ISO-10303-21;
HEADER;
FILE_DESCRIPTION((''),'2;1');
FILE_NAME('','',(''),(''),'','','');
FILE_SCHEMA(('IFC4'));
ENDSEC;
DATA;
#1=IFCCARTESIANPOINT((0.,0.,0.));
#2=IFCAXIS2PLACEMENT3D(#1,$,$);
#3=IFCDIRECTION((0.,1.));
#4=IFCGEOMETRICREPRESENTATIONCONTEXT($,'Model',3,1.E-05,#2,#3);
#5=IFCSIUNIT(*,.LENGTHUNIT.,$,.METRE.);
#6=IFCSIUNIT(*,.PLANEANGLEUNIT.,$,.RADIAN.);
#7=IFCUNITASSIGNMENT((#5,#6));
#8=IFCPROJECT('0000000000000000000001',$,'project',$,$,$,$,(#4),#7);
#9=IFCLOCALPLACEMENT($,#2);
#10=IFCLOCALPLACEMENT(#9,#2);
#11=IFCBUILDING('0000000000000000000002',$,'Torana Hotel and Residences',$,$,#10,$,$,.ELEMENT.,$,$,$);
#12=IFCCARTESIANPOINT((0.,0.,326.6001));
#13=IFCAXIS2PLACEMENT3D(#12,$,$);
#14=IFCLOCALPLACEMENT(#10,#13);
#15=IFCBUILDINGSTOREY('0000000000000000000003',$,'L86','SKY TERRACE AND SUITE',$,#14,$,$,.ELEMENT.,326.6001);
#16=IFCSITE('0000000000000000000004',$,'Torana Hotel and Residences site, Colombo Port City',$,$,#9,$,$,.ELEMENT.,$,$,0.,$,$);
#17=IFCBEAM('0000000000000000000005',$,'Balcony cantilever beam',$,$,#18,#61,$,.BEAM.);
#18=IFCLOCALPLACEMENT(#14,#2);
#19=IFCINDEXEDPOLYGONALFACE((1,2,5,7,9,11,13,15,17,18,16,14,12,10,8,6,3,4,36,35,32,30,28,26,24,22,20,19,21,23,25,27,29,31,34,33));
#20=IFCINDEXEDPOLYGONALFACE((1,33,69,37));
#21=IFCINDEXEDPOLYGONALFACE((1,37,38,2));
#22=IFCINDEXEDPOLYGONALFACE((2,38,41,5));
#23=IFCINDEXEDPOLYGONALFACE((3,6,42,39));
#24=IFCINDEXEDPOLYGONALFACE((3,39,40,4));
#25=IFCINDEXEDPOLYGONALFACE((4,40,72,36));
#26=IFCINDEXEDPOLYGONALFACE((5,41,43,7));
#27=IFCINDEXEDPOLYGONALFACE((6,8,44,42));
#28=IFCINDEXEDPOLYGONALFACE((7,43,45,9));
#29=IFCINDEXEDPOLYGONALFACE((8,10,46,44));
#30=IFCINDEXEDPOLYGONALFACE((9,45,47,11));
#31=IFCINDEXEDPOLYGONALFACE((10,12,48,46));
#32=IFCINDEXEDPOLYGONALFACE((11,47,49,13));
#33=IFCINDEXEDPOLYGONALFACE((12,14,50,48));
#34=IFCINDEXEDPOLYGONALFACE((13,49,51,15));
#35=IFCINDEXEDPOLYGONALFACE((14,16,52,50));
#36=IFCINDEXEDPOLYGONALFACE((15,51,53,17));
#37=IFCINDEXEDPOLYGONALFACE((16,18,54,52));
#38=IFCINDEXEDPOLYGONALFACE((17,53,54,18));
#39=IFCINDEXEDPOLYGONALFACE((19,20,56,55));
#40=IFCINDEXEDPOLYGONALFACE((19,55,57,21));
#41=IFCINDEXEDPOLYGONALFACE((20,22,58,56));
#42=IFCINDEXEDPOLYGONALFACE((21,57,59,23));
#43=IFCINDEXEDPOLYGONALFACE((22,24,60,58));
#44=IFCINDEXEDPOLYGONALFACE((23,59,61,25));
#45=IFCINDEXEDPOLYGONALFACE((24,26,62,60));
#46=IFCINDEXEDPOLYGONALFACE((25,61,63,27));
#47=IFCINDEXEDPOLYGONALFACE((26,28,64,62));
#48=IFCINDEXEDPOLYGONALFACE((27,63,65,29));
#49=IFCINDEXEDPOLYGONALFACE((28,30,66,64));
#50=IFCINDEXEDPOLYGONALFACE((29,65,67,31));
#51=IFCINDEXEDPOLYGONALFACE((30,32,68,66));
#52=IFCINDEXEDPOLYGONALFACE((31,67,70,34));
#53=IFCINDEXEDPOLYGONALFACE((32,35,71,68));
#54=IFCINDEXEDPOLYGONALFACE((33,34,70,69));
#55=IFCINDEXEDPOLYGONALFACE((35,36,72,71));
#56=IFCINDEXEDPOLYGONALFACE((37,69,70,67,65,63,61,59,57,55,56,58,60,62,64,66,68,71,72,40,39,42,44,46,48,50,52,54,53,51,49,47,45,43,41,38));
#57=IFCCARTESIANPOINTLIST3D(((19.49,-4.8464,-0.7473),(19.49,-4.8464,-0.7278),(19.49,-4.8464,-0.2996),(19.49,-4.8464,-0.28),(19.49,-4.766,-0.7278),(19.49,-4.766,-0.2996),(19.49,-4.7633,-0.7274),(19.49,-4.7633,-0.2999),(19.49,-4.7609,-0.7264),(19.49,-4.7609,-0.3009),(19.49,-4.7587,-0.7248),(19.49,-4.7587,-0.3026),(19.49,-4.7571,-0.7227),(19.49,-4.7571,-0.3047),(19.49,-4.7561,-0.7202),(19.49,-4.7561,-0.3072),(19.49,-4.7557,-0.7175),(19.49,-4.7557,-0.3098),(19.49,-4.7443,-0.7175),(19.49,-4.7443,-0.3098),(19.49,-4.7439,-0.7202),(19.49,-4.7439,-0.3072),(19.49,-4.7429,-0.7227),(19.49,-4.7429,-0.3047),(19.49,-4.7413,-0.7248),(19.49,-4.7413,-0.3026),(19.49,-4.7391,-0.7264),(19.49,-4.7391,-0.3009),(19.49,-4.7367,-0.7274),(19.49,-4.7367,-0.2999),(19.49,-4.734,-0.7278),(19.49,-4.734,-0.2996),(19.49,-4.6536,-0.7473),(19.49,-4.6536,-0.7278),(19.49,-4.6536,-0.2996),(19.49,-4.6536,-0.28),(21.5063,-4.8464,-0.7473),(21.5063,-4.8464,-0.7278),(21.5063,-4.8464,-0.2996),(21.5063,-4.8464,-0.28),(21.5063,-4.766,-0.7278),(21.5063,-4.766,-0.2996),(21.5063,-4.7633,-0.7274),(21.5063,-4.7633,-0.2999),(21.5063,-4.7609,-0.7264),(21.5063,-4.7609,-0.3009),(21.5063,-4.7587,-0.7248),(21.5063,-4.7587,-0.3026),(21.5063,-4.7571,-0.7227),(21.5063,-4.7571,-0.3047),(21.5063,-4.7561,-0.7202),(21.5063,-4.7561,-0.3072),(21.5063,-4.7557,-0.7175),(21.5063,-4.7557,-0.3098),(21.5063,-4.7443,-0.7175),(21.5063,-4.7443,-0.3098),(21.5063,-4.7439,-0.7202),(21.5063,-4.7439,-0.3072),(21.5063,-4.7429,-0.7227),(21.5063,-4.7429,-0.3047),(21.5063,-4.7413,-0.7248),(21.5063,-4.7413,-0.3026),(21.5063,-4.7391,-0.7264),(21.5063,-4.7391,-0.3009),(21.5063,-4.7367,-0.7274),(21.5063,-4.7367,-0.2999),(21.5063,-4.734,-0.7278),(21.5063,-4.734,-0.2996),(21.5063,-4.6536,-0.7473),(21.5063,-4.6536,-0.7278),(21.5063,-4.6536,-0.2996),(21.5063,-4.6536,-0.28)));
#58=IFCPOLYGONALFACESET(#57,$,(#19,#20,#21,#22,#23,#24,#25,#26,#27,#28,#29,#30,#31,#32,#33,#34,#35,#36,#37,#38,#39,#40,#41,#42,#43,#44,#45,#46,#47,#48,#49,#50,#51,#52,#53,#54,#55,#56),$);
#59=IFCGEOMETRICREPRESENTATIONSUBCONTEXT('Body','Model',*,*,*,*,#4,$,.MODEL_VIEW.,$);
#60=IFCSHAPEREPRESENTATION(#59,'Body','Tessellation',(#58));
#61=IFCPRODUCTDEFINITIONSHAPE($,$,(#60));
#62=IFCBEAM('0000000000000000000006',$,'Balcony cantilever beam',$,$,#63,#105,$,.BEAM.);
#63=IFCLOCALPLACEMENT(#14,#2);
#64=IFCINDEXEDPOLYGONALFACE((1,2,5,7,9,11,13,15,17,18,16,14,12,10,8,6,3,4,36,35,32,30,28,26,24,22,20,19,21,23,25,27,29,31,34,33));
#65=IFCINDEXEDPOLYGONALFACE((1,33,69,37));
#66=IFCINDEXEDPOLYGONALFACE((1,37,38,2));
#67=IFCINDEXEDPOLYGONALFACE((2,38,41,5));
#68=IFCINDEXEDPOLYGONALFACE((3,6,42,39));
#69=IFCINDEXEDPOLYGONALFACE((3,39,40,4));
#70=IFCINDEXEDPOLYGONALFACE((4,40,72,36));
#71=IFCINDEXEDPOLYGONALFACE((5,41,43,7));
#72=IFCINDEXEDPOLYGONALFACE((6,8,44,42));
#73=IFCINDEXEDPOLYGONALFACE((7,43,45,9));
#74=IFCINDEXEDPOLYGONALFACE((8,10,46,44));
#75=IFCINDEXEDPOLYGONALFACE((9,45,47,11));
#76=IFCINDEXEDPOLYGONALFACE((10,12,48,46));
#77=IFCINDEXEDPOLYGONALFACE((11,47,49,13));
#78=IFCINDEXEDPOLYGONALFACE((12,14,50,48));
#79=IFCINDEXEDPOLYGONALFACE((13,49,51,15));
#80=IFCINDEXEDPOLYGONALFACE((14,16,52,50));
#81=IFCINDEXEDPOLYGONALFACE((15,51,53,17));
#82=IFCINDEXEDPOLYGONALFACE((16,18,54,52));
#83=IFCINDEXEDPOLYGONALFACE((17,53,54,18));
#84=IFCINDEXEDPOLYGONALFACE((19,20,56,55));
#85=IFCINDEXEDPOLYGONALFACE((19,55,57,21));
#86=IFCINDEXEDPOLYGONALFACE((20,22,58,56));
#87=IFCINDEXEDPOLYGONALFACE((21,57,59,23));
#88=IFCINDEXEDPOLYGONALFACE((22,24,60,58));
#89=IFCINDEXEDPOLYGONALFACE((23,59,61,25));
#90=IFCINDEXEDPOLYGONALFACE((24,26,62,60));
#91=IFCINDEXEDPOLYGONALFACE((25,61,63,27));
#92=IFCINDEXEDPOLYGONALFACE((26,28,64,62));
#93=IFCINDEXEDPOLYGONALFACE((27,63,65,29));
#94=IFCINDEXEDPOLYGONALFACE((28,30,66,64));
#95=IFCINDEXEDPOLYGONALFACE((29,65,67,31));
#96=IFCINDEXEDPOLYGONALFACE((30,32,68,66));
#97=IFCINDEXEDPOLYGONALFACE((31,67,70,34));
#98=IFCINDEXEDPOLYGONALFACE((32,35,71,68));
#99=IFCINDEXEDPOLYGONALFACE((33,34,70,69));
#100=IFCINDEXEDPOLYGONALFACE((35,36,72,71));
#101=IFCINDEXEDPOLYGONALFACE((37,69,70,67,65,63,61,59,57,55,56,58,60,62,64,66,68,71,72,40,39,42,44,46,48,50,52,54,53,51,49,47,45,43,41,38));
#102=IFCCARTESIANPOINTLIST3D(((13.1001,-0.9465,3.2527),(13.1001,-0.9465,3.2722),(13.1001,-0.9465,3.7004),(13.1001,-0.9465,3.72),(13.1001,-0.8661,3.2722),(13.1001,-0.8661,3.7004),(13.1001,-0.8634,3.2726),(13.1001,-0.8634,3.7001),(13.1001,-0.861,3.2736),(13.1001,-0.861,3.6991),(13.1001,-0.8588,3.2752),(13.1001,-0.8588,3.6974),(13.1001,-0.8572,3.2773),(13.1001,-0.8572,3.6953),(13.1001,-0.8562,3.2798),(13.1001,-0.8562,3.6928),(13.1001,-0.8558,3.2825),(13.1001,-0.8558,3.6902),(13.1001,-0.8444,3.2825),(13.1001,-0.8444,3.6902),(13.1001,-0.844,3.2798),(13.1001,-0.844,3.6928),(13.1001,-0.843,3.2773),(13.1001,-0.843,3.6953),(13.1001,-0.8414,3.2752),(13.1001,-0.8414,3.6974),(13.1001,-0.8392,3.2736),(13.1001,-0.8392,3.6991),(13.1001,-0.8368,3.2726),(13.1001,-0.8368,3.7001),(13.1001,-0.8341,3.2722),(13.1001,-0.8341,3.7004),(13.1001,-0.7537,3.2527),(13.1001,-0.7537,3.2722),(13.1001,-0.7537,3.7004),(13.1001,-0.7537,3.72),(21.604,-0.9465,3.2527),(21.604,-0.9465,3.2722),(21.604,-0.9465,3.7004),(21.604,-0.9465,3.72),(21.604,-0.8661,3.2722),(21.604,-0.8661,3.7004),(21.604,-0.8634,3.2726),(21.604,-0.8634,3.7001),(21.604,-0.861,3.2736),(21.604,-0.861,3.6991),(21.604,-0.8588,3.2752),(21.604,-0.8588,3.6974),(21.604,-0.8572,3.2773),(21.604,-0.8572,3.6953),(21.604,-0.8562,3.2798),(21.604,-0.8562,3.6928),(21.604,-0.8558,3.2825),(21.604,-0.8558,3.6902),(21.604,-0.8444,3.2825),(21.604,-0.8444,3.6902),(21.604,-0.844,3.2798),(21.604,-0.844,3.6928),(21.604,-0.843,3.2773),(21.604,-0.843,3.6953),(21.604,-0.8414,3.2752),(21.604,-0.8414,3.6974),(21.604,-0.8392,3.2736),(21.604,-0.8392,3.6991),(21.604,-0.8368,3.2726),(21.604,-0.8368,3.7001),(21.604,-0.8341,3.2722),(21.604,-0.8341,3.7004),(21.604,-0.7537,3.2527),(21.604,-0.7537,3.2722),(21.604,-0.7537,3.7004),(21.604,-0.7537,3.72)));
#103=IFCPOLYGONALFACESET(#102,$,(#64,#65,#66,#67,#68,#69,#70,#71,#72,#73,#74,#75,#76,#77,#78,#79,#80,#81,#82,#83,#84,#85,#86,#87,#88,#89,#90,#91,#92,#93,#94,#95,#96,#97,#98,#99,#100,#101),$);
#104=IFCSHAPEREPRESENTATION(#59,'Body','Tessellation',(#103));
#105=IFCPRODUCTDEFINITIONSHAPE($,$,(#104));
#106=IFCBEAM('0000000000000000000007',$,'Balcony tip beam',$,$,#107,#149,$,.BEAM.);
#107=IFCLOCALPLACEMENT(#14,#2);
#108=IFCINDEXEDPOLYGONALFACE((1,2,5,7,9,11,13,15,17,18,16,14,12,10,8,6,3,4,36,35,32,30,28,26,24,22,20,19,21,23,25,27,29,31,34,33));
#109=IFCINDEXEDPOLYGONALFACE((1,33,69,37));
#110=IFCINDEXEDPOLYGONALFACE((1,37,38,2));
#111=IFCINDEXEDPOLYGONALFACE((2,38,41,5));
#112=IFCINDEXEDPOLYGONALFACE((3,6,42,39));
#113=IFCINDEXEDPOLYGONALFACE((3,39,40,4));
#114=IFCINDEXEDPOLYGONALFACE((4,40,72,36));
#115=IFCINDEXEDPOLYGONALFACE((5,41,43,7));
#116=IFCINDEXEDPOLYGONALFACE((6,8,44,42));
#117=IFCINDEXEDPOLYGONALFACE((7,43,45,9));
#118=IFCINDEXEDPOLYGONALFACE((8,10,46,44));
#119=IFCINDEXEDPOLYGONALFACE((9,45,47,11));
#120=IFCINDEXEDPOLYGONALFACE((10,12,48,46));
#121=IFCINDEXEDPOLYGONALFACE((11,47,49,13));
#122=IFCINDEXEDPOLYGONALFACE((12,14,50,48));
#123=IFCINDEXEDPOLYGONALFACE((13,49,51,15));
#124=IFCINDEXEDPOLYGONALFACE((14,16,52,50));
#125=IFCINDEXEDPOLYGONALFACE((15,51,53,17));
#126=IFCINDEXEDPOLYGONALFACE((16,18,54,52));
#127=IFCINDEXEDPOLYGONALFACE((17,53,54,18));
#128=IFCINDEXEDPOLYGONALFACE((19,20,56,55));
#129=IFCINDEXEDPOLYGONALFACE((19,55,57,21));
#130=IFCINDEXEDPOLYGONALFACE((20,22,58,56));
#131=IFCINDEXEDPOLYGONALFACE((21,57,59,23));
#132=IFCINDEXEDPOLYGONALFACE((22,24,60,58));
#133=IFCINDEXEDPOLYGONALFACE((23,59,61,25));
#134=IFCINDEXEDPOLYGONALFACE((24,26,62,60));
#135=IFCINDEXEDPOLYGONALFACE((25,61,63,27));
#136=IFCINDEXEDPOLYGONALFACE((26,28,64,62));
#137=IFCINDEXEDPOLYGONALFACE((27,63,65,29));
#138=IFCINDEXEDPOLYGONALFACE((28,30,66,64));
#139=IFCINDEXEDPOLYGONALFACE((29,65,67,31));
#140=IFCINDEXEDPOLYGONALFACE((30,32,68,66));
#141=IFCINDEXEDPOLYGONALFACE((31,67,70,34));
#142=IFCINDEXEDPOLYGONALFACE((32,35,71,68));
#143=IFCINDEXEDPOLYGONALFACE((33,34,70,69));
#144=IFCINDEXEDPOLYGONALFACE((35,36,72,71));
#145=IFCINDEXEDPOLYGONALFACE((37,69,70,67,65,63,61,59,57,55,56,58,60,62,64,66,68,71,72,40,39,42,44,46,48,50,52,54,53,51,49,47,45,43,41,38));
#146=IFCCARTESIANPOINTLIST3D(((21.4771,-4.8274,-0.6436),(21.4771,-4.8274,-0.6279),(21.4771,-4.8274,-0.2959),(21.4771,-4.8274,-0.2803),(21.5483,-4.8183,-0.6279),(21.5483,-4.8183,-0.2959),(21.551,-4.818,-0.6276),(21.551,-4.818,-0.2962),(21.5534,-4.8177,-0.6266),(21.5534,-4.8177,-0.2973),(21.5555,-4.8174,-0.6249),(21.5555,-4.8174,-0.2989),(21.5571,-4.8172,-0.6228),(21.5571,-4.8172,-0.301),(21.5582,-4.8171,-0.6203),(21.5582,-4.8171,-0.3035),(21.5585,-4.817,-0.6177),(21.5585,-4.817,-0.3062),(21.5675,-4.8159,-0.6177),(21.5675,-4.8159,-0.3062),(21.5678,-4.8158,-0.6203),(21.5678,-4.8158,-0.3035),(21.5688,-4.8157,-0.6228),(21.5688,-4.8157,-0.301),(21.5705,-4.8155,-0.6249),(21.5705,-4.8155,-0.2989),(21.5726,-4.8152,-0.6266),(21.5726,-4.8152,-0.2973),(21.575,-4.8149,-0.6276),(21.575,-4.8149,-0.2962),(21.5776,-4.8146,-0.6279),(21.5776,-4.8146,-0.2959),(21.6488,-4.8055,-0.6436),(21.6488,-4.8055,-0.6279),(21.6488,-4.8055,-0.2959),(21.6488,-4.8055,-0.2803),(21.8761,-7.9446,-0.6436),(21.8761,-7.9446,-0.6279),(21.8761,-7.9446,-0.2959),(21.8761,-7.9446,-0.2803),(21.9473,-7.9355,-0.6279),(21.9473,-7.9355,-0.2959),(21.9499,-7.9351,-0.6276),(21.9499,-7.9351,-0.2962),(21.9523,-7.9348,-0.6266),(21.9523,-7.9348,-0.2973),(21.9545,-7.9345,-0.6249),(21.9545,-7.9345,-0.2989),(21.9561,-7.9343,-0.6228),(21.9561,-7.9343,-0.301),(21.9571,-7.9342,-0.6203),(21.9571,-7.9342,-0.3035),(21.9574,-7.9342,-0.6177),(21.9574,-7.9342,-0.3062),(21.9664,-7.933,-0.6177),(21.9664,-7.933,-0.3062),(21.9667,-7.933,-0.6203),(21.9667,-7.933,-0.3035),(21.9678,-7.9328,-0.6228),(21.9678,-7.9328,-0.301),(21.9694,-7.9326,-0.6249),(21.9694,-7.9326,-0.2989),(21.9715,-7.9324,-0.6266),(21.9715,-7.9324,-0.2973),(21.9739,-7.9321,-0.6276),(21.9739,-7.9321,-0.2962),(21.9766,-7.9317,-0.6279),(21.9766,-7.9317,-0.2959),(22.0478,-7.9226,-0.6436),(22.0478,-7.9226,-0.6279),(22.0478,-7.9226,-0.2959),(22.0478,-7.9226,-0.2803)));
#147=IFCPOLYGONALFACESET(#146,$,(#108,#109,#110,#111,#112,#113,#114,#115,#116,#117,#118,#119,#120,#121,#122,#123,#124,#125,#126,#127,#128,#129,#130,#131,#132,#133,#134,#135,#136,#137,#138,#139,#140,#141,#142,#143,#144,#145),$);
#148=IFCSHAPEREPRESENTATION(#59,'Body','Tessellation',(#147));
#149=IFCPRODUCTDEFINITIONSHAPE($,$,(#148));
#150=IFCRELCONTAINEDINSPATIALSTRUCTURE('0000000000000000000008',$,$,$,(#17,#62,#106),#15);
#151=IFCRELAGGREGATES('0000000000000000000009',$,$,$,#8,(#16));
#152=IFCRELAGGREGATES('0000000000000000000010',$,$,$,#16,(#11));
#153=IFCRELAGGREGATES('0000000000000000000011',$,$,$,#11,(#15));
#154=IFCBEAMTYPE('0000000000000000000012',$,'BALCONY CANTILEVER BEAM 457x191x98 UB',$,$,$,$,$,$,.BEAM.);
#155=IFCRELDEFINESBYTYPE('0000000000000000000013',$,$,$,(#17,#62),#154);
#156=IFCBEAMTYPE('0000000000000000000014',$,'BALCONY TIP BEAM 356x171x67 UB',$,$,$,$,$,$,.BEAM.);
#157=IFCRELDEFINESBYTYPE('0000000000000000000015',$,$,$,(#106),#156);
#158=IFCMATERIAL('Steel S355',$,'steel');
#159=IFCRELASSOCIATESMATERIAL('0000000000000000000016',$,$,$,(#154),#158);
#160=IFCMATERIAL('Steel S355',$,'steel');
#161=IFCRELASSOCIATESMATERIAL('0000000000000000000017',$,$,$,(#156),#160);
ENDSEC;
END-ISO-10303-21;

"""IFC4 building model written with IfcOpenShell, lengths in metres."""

from ifc_helpers import new_model, si_unit, direction, frame, origin, origin_2d, place, context, subcontext, project, spatial, i_section, extrude, material, material_profile, profile_set, type_object, element, save


model = new_model("IFC4")

# Units and contexts
model_context = context("Model", 3, precision=1e-05, world=origin(), true_north=direction((0.0, 1.0)))
body_context = subcontext(model_context, "Body", "Model", "MODEL_VIEW")
ifc_project = project(units=[si_unit("LENGTHUNIT", "METRE"), si_unit("PLANEANGLEUNIT", "RADIAN")], contexts=[model_context])

# Site, building, storey
site_placement = place(None, origin())
site = spatial("IfcSite", under=ifc_project, at=site_placement, Name="Torana Hotel and Residences site, Colombo Port City", CompositionType="ELEMENT", RefElevation=0.0)
building_placement = place(site_placement, origin())
building = spatial("IfcBuilding", under=site, at=building_placement, Name="Torana Hotel and Residences", CompositionType="ELEMENT")
storey_placement = place(building_placement, frame((0.0, 0.0, 326.6001)))
storey = spatial("IfcBuildingStorey", under=building, at=storey_placement, Name="L86", Description="SKY TERRACE AND SUITE", CompositionType="ELEMENT", Elevation=326.6001)

# Beams
ifc_material_1 = material(Name="Steel S355", Category="steel")
ifc_material_profile_1 = material_profile(ifc_material_1, i_section(OverallWidth=0.1929, OverallDepth=0.4673, WebThickness=0.0115, FlangeThickness=0.0195, FilletRadius=0.0103, at=origin_2d()), Name="457x191x98 UB")
ifc_profile_set_1 = profile_set([ifc_material_profile_1], Name="Steel S355")
beam_type_1 = type_object("IfcBeamType", Name="BALCONY CANTILEVER BEAM 457x191x98 UB", PredefinedType="BEAM", material=ifc_profile_set_1)
beam_1_placement = place(storey_placement, frame((19.49, -4.75, -0.5137), z_axis=(1.0, 0.0, 0.0), x_axis=(0.0, 1.0, 0.0)))
element("IfcBeam", 1, at=beam_1_placement, inside=storey, type_object=beam_type_1, Name="Balcony cantilever beam", PredefinedType="BEAM", context=body_context, shape_type="SweptSolid", body=[
    extrude(i_section(OverallWidth=0.1929, OverallDepth=0.4673, WebThickness=0.0115, FlangeThickness=0.0195, FilletRadius=0.0103, at=origin_2d()), origin(), (0.0, 0.0, 1.0), 2.0164),
])
beam_2_placement = place(storey_placement, frame((21.604, -0.8501, 3.4863), z_axis=(-1.0, 0.0, 0.0), x_axis=(0.0, -1.0, 0.0)))
element("IfcBeam", 2, at=beam_2_placement, inside=storey, type_object=beam_type_1, Name="Balcony cantilever beam", PredefinedType="BEAM", context=body_context, shape_type="SweptSolid", body=[
    extrude(i_section(OverallWidth=0.1929, OverallDepth=0.4673, WebThickness=0.0115, FlangeThickness=0.0195, FilletRadius=0.0103, at=origin_2d()), origin(), (0.0, 0.0, 1.0), 8.5039),
])
ifc_material_2 = material(Name="Steel S355", Category="steel")
ifc_material_profile_2 = material_profile(ifc_material_2, i_section(OverallWidth=0.1731, OverallDepth=0.3633, WebThickness=0.009, FlangeThickness=0.0156, FilletRadius=0.0103, at=origin_2d()), Name="356x171x67 UB")
ifc_profile_set_2 = profile_set([ifc_material_profile_2], Name="Steel S355")
beam_type_2 = type_object("IfcBeamType", Name="BALCONY TIP BEAM 356x171x67 UB", PredefinedType="BEAM", material=ifc_profile_set_2)
beam_3_placement = place(storey_placement, frame((21.9619, -7.9336, -0.4619), z_axis=(-0.126941, 0.99191, 0.0), x_axis=(-0.99191, -0.126941, 0.0)))
element("IfcBeam", 3, at=beam_3_placement, inside=storey, type_object=beam_type_2, Name="Balcony tip beam", PredefinedType="BEAM", context=body_context, shape_type="SweptSolid", body=[
    extrude(i_section(OverallWidth=0.1731, OverallDepth=0.3633, WebThickness=0.009, FlangeThickness=0.0156, FilletRadius=0.0103, at=origin_2d()), origin(), (0.0, 0.0, 1.0), 3.1426),
])

save(model, "model.ifc")
